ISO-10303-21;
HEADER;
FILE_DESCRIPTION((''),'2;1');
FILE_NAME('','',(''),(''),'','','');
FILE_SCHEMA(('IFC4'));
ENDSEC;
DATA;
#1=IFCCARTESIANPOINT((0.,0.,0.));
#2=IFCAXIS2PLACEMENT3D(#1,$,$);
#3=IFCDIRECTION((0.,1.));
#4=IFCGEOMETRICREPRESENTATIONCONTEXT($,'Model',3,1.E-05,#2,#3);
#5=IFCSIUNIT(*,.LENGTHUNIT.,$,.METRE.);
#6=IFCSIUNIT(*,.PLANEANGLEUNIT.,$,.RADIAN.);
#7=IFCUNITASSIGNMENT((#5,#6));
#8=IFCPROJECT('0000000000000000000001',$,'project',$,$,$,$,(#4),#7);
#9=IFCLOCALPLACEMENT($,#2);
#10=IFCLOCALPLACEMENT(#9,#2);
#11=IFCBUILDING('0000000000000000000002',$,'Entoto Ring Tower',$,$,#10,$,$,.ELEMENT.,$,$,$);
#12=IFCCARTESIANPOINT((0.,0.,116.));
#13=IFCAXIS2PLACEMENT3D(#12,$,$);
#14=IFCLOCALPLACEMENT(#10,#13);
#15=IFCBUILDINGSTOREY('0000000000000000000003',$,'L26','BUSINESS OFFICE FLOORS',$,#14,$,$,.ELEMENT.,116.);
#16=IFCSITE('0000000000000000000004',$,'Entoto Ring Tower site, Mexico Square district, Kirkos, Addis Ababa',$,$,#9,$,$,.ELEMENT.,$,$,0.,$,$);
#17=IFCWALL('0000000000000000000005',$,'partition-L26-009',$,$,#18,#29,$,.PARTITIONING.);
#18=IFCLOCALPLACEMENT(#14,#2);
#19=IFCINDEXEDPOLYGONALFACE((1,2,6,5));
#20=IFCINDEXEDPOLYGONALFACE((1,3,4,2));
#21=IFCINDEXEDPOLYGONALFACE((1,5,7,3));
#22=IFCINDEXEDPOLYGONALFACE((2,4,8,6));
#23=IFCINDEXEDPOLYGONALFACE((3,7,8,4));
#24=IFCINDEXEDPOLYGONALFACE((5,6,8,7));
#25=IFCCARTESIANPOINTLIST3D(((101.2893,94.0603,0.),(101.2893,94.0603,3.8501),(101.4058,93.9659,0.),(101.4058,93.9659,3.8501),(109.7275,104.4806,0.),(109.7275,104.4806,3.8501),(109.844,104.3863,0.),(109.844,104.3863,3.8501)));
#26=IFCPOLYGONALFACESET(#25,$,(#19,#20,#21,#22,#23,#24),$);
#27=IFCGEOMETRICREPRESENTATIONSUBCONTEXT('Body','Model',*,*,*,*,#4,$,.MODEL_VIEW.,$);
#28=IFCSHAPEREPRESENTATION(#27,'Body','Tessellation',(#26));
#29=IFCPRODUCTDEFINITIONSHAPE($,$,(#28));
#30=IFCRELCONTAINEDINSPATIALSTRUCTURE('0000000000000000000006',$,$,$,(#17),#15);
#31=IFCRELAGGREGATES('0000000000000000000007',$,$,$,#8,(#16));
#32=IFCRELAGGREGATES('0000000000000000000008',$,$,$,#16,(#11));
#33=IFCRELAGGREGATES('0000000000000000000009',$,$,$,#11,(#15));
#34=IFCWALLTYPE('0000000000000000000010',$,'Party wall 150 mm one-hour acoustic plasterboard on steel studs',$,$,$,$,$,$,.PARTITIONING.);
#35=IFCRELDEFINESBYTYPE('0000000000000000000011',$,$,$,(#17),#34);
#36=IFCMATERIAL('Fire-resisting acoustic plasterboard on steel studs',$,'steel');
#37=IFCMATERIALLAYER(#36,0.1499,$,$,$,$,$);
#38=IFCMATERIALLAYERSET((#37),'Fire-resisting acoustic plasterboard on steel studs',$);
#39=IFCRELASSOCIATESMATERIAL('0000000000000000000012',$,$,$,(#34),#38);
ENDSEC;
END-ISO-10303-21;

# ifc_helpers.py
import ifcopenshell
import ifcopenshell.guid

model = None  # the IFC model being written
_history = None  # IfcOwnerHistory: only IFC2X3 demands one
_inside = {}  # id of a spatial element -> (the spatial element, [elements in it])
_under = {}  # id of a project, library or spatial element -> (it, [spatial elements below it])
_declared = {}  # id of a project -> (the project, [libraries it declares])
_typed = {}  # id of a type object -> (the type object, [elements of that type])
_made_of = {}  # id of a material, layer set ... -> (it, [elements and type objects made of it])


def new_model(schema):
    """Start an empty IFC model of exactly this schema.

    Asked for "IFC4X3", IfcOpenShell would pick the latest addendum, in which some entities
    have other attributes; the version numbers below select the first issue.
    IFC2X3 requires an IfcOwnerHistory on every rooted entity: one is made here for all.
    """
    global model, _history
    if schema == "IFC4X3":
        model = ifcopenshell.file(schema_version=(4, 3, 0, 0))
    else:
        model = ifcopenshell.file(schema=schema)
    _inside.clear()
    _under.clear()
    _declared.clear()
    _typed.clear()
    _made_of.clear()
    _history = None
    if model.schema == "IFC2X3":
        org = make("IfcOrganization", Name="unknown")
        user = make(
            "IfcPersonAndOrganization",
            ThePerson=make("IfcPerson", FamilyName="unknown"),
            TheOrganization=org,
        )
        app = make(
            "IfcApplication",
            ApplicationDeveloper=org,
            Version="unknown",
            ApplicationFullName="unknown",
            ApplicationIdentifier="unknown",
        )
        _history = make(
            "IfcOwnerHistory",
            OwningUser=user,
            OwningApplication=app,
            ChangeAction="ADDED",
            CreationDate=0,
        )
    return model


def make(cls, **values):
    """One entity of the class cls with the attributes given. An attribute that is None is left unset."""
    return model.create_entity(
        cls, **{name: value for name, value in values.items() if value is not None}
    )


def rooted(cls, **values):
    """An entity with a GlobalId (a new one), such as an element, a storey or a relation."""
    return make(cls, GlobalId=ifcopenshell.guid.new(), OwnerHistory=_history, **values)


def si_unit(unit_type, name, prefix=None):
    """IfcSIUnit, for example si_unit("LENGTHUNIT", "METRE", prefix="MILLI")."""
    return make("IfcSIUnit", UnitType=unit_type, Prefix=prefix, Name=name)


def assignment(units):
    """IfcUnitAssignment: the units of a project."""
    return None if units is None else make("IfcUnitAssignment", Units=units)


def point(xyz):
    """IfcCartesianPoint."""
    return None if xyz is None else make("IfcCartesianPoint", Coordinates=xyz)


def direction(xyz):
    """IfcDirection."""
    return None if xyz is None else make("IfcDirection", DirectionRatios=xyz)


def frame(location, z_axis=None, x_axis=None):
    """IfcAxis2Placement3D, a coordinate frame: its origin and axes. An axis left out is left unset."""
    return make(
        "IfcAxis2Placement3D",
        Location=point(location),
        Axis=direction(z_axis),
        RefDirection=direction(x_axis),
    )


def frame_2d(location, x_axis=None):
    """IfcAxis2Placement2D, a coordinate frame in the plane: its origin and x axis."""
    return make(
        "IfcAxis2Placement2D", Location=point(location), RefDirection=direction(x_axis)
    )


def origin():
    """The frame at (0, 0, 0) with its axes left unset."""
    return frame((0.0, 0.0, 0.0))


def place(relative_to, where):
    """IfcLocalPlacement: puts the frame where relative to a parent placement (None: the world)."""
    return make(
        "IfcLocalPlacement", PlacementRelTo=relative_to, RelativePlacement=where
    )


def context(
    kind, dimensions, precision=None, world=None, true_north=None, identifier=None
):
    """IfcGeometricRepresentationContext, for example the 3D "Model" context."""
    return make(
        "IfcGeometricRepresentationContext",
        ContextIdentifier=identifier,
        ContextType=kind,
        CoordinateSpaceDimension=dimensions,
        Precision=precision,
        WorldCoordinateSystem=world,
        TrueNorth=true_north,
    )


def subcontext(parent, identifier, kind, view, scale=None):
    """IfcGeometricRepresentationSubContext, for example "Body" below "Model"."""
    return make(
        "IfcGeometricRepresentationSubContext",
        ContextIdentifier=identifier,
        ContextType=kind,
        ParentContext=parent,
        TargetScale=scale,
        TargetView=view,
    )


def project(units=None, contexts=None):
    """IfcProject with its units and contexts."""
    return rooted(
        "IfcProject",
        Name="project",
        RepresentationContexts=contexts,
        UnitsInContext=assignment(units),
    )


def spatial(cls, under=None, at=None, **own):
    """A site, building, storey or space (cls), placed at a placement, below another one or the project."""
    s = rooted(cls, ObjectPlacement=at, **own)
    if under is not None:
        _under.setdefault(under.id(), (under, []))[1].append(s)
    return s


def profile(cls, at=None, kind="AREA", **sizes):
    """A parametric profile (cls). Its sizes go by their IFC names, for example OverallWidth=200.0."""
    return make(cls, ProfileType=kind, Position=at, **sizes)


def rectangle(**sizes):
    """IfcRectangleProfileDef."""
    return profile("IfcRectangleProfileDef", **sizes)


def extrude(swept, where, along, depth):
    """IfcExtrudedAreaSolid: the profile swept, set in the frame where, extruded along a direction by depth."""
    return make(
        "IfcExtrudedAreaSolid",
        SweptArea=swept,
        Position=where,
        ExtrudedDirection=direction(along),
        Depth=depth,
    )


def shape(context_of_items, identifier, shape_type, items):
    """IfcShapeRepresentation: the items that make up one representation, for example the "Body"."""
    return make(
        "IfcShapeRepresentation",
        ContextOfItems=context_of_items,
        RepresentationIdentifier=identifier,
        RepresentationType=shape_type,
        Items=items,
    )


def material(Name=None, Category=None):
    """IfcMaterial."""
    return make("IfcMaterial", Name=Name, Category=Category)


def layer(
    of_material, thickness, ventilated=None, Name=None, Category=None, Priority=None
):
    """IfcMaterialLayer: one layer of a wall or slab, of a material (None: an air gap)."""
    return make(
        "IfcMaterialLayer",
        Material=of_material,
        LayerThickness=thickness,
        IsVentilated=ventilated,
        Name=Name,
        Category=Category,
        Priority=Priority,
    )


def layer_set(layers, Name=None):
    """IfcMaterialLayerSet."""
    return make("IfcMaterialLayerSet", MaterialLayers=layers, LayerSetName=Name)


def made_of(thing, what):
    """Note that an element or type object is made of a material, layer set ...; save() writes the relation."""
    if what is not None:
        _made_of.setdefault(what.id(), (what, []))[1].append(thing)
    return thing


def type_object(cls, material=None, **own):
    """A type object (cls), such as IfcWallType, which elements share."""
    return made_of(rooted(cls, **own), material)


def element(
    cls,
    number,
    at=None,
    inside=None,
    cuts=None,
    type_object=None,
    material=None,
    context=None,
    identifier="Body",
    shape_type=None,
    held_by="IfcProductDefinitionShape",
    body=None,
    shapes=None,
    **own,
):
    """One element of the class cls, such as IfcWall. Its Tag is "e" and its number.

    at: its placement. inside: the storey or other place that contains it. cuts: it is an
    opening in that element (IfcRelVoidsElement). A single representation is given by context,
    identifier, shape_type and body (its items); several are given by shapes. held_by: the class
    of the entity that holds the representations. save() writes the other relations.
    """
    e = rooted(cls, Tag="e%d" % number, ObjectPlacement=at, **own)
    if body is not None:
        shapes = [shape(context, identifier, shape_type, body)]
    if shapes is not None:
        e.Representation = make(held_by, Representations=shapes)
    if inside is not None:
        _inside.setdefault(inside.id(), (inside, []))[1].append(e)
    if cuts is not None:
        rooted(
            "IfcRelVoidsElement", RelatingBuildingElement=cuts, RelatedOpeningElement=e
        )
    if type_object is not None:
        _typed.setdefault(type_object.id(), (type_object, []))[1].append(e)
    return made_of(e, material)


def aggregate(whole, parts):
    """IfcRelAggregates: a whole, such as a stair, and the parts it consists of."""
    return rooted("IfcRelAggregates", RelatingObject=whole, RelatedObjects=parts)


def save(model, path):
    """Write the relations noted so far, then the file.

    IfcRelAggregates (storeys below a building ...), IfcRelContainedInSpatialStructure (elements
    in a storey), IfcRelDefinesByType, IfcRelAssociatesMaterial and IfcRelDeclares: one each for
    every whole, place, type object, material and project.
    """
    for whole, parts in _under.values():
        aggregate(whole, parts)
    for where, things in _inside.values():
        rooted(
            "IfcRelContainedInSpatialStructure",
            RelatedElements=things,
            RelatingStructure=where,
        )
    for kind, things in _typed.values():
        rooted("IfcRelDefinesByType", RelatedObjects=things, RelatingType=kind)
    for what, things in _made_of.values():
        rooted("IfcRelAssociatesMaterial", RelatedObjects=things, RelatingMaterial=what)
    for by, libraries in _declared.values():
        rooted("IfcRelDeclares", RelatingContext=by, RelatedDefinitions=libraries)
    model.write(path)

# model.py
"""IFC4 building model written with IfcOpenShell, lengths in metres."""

from ifc_helpers import new_model, si_unit, direction, frame, frame_2d, origin, place, context, subcontext, project, spatial, rectangle, extrude, material, layer, layer_set, type_object, element, save


model = new_model("IFC4")

# Units and contexts
model_context = context("Model", 3, precision=1e-05, world=origin(), true_north=direction((0.0, 1.0)))
body_context = subcontext(model_context, "Body", "Model", "MODEL_VIEW")
ifc_project = project(units=[si_unit("LENGTHUNIT", "METRE"), si_unit("PLANEANGLEUNIT", "RADIAN")], contexts=[model_context])

# Site, building, storey
site_placement = place(None, origin())
site = spatial("IfcSite", under=ifc_project, at=site_placement, Name="Entoto Ring Tower site, Mexico Square district, Kirkos, Addis Ababa", CompositionType="ELEMENT", RefElevation=0.0)
building_placement = place(site_placement, origin())
building = spatial("IfcBuilding", under=site, at=building_placement, Name="Entoto Ring Tower", CompositionType="ELEMENT")
storey_placement = place(building_placement, frame((0.0, 0.0, 116.0)))
storey = spatial("IfcBuildingStorey", under=building, at=storey_placement, Name="L26", Description="BUSINESS OFFICE FLOORS", CompositionType="ELEMENT", Elevation=116.0)

# Wall
ifc_material_1 = material(Name="Fire-resisting acoustic plasterboard on steel studs", Category="steel")
ifc_layer_1 = layer(ifc_material_1, 0.1499)
ifc_layer_set_1 = layer_set([ifc_layer_1], Name="Fire-resisting acoustic plasterboard on steel studs")
wall_type_1 = type_object("IfcWallType", Name="Party wall 150 mm one-hour acoustic plasterboard on steel studs", PredefinedType="PARTITIONING", material=ifc_layer_set_1)
wall_1_placement = place(storey_placement, frame((101.3477, 94.0132, 0.0), z_axis=(0.0, 0.0, 1.0), x_axis=(0.629318, 0.777148, 0.0)))
element("IfcWall", 1, at=wall_1_placement, inside=storey, type_object=wall_type_1, Name="partition-L26-009", PredefinedType="PARTITIONING", context=body_context, shape_type="SweptSolid", body=[
    extrude(rectangle(XDim=13.4084, YDim=0.1499, at=frame_2d((6.7041, 0.0))), origin(), (0.0, 0.0, 1.0), 3.8501),
])

save(model, "model.ifc")
